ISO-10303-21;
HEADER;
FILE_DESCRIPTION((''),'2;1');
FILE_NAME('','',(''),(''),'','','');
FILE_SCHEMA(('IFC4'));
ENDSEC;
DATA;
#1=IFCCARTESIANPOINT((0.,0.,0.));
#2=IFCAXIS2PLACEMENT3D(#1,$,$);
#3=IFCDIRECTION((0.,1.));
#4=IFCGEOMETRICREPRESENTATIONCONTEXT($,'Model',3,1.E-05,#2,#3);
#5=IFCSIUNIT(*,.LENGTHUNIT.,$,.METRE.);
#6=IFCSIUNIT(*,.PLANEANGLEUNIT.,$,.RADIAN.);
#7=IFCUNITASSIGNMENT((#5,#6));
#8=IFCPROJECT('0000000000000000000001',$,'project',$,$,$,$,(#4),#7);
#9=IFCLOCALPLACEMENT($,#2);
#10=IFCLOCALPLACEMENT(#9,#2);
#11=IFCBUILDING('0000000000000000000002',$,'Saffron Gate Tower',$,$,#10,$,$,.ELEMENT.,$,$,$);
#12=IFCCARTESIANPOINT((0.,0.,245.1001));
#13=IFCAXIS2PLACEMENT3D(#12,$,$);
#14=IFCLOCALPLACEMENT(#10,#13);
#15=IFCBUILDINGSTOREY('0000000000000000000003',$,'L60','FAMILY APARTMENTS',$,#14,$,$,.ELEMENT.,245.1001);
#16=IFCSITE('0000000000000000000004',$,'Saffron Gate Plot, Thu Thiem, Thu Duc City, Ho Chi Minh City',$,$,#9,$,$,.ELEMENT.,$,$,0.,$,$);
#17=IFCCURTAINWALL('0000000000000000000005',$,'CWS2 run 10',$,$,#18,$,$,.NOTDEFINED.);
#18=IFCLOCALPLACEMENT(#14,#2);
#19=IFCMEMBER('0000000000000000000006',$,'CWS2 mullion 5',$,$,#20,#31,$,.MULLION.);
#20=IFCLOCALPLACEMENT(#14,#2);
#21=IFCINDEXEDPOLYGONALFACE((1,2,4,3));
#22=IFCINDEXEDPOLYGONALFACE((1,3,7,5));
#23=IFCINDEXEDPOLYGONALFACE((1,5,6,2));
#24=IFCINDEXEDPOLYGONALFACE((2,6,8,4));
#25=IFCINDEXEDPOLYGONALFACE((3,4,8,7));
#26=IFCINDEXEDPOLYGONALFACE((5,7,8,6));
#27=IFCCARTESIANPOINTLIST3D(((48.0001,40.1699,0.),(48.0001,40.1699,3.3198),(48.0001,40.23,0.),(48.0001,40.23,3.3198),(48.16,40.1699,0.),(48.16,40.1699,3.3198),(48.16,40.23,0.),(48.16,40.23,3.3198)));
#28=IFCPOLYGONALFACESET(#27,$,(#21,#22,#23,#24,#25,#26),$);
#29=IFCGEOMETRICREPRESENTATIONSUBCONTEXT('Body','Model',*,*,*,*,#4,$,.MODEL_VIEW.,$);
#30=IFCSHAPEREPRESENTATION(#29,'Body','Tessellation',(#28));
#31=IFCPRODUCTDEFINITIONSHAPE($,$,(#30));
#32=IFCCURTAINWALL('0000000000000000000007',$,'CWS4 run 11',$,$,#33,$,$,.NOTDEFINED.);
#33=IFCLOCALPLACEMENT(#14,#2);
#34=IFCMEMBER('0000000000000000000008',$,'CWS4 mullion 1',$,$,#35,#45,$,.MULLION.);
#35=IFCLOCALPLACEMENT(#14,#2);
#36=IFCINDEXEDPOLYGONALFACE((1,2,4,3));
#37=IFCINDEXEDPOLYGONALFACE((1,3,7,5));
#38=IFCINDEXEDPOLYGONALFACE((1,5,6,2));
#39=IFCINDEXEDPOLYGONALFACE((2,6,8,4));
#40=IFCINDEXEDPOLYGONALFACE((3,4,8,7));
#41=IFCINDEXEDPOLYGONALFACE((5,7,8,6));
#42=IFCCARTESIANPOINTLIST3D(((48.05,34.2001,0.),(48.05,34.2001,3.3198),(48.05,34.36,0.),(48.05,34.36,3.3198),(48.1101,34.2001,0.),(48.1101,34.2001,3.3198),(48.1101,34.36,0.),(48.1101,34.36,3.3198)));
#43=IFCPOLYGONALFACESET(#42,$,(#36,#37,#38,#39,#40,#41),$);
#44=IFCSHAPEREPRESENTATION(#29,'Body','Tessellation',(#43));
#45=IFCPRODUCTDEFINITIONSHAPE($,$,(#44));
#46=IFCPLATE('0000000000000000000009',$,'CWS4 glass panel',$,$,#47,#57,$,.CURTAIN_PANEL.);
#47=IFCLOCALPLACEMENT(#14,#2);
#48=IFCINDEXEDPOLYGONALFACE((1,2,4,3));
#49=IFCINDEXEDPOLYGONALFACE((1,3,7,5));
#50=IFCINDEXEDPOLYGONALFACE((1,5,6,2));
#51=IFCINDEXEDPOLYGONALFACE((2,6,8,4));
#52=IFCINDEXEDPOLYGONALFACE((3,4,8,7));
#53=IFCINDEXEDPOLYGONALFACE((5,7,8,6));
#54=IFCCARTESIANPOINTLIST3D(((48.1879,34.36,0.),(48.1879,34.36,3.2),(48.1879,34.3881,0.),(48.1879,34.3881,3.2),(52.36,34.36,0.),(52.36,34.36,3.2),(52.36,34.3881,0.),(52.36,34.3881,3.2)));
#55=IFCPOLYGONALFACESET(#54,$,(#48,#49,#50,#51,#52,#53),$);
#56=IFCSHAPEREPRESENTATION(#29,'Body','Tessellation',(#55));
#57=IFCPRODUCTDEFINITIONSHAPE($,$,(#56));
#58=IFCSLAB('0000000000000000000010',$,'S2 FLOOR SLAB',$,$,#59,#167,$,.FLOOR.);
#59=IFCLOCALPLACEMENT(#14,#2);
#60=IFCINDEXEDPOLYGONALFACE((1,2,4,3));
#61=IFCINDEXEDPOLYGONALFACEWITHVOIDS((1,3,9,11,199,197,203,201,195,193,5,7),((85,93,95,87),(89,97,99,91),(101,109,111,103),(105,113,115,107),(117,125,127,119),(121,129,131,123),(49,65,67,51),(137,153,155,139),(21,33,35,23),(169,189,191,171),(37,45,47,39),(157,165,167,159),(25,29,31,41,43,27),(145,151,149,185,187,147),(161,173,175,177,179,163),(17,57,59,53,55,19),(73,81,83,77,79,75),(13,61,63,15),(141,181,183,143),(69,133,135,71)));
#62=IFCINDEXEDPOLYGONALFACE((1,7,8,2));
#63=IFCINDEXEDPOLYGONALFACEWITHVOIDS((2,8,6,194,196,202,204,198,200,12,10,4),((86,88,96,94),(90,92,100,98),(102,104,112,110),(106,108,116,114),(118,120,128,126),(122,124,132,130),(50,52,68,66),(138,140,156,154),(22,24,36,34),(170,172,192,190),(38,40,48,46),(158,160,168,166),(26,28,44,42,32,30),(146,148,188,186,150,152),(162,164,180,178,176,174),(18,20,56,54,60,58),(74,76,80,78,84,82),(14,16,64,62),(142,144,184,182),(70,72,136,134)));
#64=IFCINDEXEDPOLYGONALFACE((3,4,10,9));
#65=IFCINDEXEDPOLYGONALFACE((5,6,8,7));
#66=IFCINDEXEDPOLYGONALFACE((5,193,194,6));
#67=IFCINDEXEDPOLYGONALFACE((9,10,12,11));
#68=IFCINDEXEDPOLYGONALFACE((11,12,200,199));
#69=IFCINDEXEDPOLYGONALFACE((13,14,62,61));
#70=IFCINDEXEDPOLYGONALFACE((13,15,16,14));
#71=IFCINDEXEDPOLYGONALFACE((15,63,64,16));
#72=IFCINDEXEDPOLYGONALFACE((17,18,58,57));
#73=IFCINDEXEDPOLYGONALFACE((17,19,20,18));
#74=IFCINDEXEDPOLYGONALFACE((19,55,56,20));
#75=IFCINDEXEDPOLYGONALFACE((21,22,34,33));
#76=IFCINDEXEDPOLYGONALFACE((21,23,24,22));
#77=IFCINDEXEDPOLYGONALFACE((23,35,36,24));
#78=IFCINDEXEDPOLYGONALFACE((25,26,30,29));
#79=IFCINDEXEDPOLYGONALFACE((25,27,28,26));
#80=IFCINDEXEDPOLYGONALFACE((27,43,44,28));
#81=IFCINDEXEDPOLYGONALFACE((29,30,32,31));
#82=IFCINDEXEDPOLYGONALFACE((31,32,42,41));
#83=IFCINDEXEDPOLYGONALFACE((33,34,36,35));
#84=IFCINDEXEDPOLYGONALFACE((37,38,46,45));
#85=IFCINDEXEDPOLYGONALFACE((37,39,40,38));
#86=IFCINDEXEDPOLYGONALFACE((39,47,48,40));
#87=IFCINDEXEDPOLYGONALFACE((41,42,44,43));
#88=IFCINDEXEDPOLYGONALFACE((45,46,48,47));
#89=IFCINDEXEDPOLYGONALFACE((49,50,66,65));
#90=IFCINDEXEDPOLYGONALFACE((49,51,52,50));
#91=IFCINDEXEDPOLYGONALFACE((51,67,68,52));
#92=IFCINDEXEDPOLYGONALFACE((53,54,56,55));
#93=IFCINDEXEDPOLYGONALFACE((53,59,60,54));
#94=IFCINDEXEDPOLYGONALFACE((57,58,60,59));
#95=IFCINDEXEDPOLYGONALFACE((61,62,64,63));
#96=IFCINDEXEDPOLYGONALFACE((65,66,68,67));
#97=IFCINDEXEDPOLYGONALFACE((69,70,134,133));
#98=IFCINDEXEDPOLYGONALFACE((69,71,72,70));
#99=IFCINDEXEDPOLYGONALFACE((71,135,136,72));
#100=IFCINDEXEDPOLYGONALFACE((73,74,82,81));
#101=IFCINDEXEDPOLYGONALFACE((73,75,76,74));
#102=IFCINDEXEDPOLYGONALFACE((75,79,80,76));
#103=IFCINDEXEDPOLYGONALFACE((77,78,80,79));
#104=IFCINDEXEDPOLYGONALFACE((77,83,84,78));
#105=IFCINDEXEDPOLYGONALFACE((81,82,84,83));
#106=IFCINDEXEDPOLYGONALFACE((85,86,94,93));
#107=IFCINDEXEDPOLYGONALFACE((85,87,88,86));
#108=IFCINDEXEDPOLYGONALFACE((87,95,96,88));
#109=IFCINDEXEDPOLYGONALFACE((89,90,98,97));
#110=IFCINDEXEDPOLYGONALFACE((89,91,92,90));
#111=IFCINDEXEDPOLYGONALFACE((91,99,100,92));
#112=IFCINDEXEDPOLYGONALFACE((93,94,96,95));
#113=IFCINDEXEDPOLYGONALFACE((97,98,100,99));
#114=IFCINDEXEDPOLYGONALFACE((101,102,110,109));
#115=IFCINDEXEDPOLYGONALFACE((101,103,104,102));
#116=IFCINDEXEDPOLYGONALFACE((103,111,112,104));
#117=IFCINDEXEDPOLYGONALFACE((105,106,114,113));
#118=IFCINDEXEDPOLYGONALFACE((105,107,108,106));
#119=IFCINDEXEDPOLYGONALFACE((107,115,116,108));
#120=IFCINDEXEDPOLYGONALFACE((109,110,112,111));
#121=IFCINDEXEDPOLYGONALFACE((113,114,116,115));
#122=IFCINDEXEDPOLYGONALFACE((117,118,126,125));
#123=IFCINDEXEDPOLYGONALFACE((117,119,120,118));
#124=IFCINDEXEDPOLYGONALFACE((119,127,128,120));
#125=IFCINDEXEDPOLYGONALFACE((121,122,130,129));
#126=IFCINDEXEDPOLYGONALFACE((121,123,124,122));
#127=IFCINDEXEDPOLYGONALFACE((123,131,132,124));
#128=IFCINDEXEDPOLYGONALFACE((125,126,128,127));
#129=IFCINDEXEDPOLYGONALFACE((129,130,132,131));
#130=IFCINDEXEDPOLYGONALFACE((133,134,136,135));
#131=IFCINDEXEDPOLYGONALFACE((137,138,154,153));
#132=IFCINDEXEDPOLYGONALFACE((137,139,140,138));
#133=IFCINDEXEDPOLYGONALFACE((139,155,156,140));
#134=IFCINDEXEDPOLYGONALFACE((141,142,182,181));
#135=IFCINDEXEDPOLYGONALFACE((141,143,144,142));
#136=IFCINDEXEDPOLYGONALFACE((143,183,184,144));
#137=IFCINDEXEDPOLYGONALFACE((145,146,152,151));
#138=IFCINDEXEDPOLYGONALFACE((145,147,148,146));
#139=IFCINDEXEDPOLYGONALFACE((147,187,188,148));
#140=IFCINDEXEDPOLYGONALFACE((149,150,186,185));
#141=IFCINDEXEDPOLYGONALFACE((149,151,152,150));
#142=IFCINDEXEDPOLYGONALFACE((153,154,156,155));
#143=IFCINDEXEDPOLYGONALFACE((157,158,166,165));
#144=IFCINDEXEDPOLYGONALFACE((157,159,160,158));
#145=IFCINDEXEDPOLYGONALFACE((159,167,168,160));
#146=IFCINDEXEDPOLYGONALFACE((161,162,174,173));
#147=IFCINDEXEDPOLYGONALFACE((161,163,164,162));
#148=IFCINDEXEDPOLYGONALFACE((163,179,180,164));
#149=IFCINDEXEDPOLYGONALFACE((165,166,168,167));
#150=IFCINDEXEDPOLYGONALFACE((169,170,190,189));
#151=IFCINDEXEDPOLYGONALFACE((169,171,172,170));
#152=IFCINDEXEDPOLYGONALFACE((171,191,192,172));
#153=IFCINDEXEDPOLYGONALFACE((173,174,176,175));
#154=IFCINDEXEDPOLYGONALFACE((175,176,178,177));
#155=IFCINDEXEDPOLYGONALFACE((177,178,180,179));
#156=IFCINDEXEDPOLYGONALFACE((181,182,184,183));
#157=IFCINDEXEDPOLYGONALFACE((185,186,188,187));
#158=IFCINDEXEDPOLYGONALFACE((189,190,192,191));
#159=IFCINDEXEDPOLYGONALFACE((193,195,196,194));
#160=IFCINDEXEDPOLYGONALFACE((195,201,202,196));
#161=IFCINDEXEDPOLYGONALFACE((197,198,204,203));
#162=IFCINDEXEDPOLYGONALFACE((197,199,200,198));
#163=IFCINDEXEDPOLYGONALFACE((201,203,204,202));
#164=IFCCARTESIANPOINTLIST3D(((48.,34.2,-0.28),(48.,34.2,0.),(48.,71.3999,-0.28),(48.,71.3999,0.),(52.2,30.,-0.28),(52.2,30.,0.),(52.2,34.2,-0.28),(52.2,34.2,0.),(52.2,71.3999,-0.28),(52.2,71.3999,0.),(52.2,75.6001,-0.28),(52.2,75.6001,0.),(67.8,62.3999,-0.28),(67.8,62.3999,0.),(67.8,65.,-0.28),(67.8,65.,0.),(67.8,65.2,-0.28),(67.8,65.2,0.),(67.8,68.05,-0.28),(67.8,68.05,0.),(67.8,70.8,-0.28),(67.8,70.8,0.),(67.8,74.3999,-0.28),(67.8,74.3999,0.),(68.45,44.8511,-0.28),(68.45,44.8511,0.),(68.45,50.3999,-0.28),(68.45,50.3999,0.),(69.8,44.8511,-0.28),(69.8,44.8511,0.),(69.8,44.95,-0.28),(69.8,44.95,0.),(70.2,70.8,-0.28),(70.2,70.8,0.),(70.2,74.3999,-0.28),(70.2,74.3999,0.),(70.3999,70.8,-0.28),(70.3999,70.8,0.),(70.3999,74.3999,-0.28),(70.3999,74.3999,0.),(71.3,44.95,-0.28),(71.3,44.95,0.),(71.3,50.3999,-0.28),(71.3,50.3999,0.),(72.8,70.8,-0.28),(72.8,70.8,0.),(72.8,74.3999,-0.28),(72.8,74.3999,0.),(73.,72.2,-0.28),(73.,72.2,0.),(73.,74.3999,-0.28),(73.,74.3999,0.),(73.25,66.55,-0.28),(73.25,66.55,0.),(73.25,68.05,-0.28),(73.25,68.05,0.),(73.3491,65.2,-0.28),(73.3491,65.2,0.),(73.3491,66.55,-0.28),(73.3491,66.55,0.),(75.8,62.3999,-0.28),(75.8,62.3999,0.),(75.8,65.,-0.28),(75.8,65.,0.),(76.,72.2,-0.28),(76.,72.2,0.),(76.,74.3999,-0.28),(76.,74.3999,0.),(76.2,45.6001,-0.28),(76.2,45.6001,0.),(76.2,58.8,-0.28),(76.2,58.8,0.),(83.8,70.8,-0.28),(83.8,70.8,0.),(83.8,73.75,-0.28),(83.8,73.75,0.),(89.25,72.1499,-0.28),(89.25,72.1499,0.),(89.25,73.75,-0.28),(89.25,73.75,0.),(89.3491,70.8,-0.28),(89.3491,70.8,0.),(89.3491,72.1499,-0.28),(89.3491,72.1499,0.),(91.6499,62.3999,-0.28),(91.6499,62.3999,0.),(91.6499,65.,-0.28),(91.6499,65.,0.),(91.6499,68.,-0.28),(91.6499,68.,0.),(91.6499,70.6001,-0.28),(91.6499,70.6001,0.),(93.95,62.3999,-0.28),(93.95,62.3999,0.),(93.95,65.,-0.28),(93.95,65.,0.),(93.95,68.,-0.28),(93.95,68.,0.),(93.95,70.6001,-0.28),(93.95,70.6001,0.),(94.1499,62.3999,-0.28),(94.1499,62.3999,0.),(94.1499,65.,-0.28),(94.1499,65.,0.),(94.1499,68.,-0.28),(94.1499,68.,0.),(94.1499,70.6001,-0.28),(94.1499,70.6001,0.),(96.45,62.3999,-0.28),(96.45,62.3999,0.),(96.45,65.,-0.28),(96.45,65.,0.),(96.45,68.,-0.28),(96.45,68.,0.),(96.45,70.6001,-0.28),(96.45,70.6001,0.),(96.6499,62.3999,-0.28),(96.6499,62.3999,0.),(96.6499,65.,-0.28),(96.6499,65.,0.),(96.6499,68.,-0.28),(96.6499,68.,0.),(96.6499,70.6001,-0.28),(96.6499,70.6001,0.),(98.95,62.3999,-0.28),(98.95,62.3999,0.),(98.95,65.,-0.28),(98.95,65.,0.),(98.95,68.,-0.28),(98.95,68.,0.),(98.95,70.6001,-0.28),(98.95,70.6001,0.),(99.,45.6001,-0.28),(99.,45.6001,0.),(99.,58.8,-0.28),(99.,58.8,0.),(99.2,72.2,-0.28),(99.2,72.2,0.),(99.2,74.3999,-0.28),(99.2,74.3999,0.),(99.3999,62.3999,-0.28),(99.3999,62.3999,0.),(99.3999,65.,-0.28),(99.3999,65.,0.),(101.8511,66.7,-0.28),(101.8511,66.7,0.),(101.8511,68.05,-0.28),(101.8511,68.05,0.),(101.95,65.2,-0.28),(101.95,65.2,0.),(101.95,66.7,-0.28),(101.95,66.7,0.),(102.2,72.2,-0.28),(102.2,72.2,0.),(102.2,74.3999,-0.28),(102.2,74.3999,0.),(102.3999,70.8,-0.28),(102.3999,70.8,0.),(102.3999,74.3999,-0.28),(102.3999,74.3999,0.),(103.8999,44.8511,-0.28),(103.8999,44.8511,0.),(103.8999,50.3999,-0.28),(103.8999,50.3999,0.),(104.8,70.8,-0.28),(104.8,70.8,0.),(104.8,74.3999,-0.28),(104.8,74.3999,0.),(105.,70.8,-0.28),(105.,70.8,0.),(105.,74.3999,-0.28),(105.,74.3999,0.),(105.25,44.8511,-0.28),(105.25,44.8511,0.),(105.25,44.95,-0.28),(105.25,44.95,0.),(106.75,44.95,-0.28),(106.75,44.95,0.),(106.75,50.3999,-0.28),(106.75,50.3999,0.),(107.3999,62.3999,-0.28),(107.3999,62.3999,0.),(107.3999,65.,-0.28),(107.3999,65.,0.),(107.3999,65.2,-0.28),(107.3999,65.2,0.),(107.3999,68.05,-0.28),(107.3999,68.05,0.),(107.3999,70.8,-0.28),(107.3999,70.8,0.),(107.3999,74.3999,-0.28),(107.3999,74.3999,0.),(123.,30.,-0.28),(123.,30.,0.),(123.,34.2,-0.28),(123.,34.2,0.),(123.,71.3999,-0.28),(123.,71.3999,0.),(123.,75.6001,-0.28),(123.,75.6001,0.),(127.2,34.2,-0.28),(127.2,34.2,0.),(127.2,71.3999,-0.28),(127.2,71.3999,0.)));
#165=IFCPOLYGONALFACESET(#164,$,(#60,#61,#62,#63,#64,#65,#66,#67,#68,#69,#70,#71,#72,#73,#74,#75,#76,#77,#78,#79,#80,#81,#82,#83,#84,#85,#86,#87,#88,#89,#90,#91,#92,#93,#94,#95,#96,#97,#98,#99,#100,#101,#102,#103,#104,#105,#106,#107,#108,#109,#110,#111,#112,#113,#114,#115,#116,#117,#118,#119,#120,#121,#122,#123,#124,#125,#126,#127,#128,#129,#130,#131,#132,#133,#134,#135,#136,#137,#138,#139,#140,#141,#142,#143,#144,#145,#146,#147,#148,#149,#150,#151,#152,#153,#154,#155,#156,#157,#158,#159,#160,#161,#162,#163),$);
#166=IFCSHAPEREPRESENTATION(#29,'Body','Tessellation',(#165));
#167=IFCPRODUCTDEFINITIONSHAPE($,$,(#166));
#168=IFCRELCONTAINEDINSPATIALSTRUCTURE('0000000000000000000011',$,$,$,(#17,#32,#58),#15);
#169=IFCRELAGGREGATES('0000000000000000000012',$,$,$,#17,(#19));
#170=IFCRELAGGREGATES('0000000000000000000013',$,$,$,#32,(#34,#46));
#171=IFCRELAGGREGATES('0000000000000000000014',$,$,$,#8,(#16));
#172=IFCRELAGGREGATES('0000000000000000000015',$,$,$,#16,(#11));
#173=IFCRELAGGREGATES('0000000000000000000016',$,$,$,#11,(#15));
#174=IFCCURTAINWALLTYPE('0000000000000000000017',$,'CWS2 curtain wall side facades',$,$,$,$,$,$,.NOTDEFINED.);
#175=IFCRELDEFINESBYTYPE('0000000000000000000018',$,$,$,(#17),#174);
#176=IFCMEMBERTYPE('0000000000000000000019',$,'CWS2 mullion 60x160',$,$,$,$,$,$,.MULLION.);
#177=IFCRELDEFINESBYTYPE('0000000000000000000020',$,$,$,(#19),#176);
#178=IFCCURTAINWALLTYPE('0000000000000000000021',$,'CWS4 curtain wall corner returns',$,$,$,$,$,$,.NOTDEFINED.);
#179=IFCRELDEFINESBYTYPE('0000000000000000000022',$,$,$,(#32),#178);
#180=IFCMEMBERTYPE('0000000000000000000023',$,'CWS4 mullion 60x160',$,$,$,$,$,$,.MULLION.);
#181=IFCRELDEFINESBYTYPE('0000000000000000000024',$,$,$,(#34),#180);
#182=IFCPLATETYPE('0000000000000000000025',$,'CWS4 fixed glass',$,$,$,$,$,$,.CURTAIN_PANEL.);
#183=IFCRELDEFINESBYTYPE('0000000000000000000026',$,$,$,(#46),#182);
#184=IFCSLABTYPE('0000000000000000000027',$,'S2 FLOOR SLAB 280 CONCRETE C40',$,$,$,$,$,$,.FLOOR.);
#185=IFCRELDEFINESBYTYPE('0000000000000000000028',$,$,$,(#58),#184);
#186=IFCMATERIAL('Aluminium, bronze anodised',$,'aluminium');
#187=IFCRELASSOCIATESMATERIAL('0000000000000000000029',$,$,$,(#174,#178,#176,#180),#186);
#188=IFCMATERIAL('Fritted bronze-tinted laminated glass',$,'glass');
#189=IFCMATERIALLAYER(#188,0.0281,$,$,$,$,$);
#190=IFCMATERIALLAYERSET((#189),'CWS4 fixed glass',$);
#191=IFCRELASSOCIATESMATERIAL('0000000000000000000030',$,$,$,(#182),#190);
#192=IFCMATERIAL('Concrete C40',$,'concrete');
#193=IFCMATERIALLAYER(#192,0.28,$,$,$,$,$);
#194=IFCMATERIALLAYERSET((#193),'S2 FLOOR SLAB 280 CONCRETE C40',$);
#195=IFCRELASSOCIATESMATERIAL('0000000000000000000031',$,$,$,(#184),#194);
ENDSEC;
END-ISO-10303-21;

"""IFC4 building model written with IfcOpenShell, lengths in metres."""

from ifc_helpers import new_model, si_unit, direction, frame, frame_2d, origin, origin_2d, place, context, subcontext, project, spatial, polyline, rectangle, outline, extrude, material, layer, layer_set, material_profile, profile_set, type_object, element, aggregate, save


model = new_model("IFC4")

# Units and contexts
model_context = context("Model", 3, precision=1e-05, world=origin(), true_north=direction((0.0, 1.0)))
body_context = subcontext(model_context, "Body", "Model", "MODEL_VIEW")
ifc_project = project(units=[si_unit("LENGTHUNIT", "METRE"), si_unit("PLANEANGLEUNIT", "RADIAN")], contexts=[model_context])

# Site, building, storey
site_placement = place(None, origin())
site = spatial("IfcSite", under=ifc_project, at=site_placement, Name="Saffron Gate Plot, Thu Thiem, Thu Duc City, Ho Chi Minh City", CompositionType="ELEMENT", RefElevation=0.0)
building_placement = place(site_placement, origin())
building = spatial("IfcBuilding", under=site, at=building_placement, Name="Saffron Gate Tower", CompositionType="ELEMENT")
storey_placement = place(building_placement, frame((0.0, 0.0, 245.1001)))
storey = spatial("IfcBuildingStorey", under=building, at=storey_placement, Name="L60", Description="FAMILY APARTMENTS", CompositionType="ELEMENT", Elevation=245.1001)

# Curtain wall, member
ifc_material_1 = material(Name="Aluminium, bronze anodised", Category="aluminium")
curtain_wall_type_1 = type_object("IfcCurtainWallType", Name="CWS2 curtain wall side facades", PredefinedType="NOTDEFINED", material=ifc_material_1)
curtain_wall_1_placement = place(storey_placement, origin())
curtain_wall_1 = element("IfcCurtainWall", 1, at=curtain_wall_1_placement, inside=storey, type_object=curtain_wall_type_1, Name="CWS2 run 10", PredefinedType="NOTDEFINED")
ifc_material_profile_1 = material_profile(ifc_material_1, rectangle(XDim=0.1599, YDim=0.0601, at=origin_2d()))
ifc_profile_set_1 = profile_set([ifc_material_profile_1], Name="Aluminium, bronze anodised")
member_type_1 = type_object("IfcMemberType", Name="CWS2 mullion 60x160", PredefinedType="MULLION", material=ifc_profile_set_1)
member_1_placement = place(storey_placement, frame((48.0801, 40.2, 0.0), z_axis=(0.0, 0.0, 1.0), x_axis=(1.0, 0.0, 0.0)))
member_1 = element("IfcMember", 2, at=member_1_placement, type_object=member_type_1, Name="CWS2 mullion 5", PredefinedType="MULLION", context=body_context, shape_type="SweptSolid", body=[
    extrude(rectangle(XDim=0.1599, YDim=0.0601, at=origin_2d()), origin(), (0.0, 0.0, 1.0), 3.3198),
])
aggregate(curtain_wall_1, [member_1])

# Curtain wall, member, plate
curtain_wall_type_2 = type_object("IfcCurtainWallType", Name="CWS4 curtain wall corner returns", PredefinedType="NOTDEFINED", material=ifc_material_1)
curtain_wall_2_placement = place(storey_placement, origin())
curtain_wall_2 = element("IfcCurtainWall", 3, at=curtain_wall_2_placement, inside=storey, type_object=curtain_wall_type_2, Name="CWS4 run 11", PredefinedType="NOTDEFINED")
ifc_material_profile_2 = material_profile(ifc_material_1, rectangle(XDim=0.1599, YDim=0.0601, at=origin_2d()))
ifc_profile_set_2 = profile_set([ifc_material_profile_2], Name="Aluminium, bronze anodised")
member_type_2 = type_object("IfcMemberType", Name="CWS4 mullion 60x160", PredefinedType="MULLION", material=ifc_profile_set_2)
member_2_placement = place(storey_placement, frame((48.0801, 34.28, 0.0), z_axis=(0.0, 0.0, 1.0), x_axis=(0.0, 1.0, 0.0)))
member_2 = element("IfcMember", 4, at=member_2_placement, type_object=member_type_2, Name="CWS4 mullion 1", PredefinedType="MULLION", context=body_context, shape_type="SweptSolid", body=[
    extrude(rectangle(XDim=0.1599, YDim=0.0601, at=origin_2d()), origin(), (0.0, 0.0, 1.0), 3.3198),
])
ifc_material_2 = material(Name="Fritted bronze-tinted laminated glass", Category="glass")
ifc_layer_1 = layer(ifc_material_2, 0.0281)
ifc_layer_set_1 = layer_set([ifc_layer_1], Name="CWS4 fixed glass")
plate_type = type_object("IfcPlateType", Name="CWS4 fixed glass", PredefinedType="CURTAIN_PANEL", material=ifc_layer_set_1)
plate_placement = place(storey_placement, frame((48.188, 34.374, 0.0), z_axis=(0.0, 0.0, 1.0), x_axis=(1.0, 0.0, 0.0)))
plate = element("IfcPlate", 5, at=plate_placement, type_object=plate_type, Name="CWS4 glass panel", PredefinedType="CURTAIN_PANEL", context=body_context, shape_type="SweptSolid", body=[
    extrude(rectangle(XDim=4.1721, YDim=0.0281, at=frame_2d((2.0859, 0.0))), origin(), (0.0, 0.0, 1.0), 3.2),
])
aggregate(curtain_wall_2, [member_2, plate])

# Slab
ifc_material_3 = material(Name="Concrete C40", Category="concrete")
ifc_layer_2 = layer(ifc_material_3, 0.28)
ifc_layer_set_2 = layer_set([ifc_layer_2], Name="S2 FLOOR SLAB 280 CONCRETE C40")
slab_type_1 = type_object("IfcSlabType", Name="S2 FLOOR SLAB 280 CONCRETE C40", PredefinedType="FLOOR", material=ifc_layer_set_2)
slab_1_placement = place(storey_placement, frame((0.0, 0.0, -0.28)))
element("IfcSlab", 6, at=slab_1_placement, inside=storey, type_object=slab_type_1, Name="S2 FLOOR SLAB", PredefinedType="FLOOR", context=body_context, shape_type="SweptSolid", body=[
    extrude(outline(polyline([(48.0, 34.2), (52.2, 34.2), (52.2, 30.0), (123.0, 30.0), (123.0, 34.2), (127.2, 34.2), (127.2, 71.3999), (123.0, 71.3999), (123.0, 75.6001), (52.2, 75.6001), (52.2, 71.3999), (48.0, 71.3999), (48.0, 34.2)]), holes=[polyline([(67.8, 62.3999), (67.8, 65.0), (75.8, 65.0), (75.8, 62.3999), (67.8, 62.3999)]), polyline([(67.8, 65.2), (67.8, 68.05), (73.25, 68.05), (73.25, 66.55), (73.3491, 66.55), (73.3491, 65.2), (67.8, 65.2)]), polyline([(67.8, 70.8), (67.8, 74.3999), (70.2, 74.3999), (70.2, 70.8), (67.8, 70.8)]), polyline([(68.45, 44.8511), (68.45, 50.3999), (71.3, 50.3999), (71.3, 44.95), (69.8, 44.95), (69.8, 44.8511), (68.45, 44.8511)]), polyline([(70.3999, 70.8), (70.3999, 74.3999), (72.8, 74.3999), (72.8, 70.8), (70.3999, 70.8)]), polyline([(73.0, 72.2), (73.0, 74.3999), (76.0, 74.3999), (76.0, 72.2), (73.0, 72.2)]), polyline([(76.2, 45.6001), (76.2, 58.8), (99.0, 58.8), (99.0, 45.6001), (76.2, 45.6001)]), polyline([(83.8, 70.8), (83.8, 73.75), (89.25, 73.75), (89.25, 72.1499), (89.3491, 72.1499), (89.3491, 70.8), (83.8, 70.8)]), polyline([(91.6499, 62.3999), (91.6499, 65.0), (93.95, 65.0), (93.95, 62.3999), (91.6499, 62.3999)]), polyline([(91.6499, 68.0), (91.6499, 70.6001), (93.95, 70.6001), (93.95, 68.0), (91.6499, 68.0)]), polyline([(94.1499, 62.3999), (94.1499, 65.0), (96.45, 65.0), (96.45, 62.3999), (94.1499, 62.3999)]), polyline([(94.1499, 68.0), (94.1499, 70.6001), (96.45, 70.6001), (96.45, 68.0), (94.1499, 68.0)]), polyline([(96.6499, 62.3999), (96.6499, 65.0), (98.95, 65.0), (98.95, 62.3999), (96.6499, 62.3999)]), polyline([(96.6499, 68.0), (96.6499, 70.6001), (98.95, 70.6001), (98.95, 68.0), (96.6499, 68.0)]), polyline([(99.2, 72.2), (99.2, 74.3999), (102.2, 74.3999), (102.2, 72.2), (99.2, 72.2)]), polyline([(99.3999, 62.3999), (99.3999, 65.0), (107.3999, 65.0), (107.3999, 62.3999), (99.3999, 62.3999)]), polyline([(101.8511, 66.7), (101.8511, 68.05), (107.3999, 68.05), (107.3999, 65.2), (101.95, 65.2), (101.95, 66.7), (101.8511, 66.7)]), polyline([(102.3999, 70.8), (102.3999, 74.3999), (104.8, 74.3999), (104.8, 70.8), (102.3999, 70.8)]), polyline([(103.8999, 44.8511), (103.8999, 50.3999), (106.75, 50.3999), (106.75, 44.95), (105.25, 44.95), (105.25, 44.8511), (103.8999, 44.8511)]), polyline([(105.0, 70.8), (105.0, 74.3999), (107.3999, 74.3999), (107.3999, 70.8), (105.0, 70.8)])]), origin(), (0.0, 0.0, 1.0), 0.28),
])

save(model, "model.ifc")
